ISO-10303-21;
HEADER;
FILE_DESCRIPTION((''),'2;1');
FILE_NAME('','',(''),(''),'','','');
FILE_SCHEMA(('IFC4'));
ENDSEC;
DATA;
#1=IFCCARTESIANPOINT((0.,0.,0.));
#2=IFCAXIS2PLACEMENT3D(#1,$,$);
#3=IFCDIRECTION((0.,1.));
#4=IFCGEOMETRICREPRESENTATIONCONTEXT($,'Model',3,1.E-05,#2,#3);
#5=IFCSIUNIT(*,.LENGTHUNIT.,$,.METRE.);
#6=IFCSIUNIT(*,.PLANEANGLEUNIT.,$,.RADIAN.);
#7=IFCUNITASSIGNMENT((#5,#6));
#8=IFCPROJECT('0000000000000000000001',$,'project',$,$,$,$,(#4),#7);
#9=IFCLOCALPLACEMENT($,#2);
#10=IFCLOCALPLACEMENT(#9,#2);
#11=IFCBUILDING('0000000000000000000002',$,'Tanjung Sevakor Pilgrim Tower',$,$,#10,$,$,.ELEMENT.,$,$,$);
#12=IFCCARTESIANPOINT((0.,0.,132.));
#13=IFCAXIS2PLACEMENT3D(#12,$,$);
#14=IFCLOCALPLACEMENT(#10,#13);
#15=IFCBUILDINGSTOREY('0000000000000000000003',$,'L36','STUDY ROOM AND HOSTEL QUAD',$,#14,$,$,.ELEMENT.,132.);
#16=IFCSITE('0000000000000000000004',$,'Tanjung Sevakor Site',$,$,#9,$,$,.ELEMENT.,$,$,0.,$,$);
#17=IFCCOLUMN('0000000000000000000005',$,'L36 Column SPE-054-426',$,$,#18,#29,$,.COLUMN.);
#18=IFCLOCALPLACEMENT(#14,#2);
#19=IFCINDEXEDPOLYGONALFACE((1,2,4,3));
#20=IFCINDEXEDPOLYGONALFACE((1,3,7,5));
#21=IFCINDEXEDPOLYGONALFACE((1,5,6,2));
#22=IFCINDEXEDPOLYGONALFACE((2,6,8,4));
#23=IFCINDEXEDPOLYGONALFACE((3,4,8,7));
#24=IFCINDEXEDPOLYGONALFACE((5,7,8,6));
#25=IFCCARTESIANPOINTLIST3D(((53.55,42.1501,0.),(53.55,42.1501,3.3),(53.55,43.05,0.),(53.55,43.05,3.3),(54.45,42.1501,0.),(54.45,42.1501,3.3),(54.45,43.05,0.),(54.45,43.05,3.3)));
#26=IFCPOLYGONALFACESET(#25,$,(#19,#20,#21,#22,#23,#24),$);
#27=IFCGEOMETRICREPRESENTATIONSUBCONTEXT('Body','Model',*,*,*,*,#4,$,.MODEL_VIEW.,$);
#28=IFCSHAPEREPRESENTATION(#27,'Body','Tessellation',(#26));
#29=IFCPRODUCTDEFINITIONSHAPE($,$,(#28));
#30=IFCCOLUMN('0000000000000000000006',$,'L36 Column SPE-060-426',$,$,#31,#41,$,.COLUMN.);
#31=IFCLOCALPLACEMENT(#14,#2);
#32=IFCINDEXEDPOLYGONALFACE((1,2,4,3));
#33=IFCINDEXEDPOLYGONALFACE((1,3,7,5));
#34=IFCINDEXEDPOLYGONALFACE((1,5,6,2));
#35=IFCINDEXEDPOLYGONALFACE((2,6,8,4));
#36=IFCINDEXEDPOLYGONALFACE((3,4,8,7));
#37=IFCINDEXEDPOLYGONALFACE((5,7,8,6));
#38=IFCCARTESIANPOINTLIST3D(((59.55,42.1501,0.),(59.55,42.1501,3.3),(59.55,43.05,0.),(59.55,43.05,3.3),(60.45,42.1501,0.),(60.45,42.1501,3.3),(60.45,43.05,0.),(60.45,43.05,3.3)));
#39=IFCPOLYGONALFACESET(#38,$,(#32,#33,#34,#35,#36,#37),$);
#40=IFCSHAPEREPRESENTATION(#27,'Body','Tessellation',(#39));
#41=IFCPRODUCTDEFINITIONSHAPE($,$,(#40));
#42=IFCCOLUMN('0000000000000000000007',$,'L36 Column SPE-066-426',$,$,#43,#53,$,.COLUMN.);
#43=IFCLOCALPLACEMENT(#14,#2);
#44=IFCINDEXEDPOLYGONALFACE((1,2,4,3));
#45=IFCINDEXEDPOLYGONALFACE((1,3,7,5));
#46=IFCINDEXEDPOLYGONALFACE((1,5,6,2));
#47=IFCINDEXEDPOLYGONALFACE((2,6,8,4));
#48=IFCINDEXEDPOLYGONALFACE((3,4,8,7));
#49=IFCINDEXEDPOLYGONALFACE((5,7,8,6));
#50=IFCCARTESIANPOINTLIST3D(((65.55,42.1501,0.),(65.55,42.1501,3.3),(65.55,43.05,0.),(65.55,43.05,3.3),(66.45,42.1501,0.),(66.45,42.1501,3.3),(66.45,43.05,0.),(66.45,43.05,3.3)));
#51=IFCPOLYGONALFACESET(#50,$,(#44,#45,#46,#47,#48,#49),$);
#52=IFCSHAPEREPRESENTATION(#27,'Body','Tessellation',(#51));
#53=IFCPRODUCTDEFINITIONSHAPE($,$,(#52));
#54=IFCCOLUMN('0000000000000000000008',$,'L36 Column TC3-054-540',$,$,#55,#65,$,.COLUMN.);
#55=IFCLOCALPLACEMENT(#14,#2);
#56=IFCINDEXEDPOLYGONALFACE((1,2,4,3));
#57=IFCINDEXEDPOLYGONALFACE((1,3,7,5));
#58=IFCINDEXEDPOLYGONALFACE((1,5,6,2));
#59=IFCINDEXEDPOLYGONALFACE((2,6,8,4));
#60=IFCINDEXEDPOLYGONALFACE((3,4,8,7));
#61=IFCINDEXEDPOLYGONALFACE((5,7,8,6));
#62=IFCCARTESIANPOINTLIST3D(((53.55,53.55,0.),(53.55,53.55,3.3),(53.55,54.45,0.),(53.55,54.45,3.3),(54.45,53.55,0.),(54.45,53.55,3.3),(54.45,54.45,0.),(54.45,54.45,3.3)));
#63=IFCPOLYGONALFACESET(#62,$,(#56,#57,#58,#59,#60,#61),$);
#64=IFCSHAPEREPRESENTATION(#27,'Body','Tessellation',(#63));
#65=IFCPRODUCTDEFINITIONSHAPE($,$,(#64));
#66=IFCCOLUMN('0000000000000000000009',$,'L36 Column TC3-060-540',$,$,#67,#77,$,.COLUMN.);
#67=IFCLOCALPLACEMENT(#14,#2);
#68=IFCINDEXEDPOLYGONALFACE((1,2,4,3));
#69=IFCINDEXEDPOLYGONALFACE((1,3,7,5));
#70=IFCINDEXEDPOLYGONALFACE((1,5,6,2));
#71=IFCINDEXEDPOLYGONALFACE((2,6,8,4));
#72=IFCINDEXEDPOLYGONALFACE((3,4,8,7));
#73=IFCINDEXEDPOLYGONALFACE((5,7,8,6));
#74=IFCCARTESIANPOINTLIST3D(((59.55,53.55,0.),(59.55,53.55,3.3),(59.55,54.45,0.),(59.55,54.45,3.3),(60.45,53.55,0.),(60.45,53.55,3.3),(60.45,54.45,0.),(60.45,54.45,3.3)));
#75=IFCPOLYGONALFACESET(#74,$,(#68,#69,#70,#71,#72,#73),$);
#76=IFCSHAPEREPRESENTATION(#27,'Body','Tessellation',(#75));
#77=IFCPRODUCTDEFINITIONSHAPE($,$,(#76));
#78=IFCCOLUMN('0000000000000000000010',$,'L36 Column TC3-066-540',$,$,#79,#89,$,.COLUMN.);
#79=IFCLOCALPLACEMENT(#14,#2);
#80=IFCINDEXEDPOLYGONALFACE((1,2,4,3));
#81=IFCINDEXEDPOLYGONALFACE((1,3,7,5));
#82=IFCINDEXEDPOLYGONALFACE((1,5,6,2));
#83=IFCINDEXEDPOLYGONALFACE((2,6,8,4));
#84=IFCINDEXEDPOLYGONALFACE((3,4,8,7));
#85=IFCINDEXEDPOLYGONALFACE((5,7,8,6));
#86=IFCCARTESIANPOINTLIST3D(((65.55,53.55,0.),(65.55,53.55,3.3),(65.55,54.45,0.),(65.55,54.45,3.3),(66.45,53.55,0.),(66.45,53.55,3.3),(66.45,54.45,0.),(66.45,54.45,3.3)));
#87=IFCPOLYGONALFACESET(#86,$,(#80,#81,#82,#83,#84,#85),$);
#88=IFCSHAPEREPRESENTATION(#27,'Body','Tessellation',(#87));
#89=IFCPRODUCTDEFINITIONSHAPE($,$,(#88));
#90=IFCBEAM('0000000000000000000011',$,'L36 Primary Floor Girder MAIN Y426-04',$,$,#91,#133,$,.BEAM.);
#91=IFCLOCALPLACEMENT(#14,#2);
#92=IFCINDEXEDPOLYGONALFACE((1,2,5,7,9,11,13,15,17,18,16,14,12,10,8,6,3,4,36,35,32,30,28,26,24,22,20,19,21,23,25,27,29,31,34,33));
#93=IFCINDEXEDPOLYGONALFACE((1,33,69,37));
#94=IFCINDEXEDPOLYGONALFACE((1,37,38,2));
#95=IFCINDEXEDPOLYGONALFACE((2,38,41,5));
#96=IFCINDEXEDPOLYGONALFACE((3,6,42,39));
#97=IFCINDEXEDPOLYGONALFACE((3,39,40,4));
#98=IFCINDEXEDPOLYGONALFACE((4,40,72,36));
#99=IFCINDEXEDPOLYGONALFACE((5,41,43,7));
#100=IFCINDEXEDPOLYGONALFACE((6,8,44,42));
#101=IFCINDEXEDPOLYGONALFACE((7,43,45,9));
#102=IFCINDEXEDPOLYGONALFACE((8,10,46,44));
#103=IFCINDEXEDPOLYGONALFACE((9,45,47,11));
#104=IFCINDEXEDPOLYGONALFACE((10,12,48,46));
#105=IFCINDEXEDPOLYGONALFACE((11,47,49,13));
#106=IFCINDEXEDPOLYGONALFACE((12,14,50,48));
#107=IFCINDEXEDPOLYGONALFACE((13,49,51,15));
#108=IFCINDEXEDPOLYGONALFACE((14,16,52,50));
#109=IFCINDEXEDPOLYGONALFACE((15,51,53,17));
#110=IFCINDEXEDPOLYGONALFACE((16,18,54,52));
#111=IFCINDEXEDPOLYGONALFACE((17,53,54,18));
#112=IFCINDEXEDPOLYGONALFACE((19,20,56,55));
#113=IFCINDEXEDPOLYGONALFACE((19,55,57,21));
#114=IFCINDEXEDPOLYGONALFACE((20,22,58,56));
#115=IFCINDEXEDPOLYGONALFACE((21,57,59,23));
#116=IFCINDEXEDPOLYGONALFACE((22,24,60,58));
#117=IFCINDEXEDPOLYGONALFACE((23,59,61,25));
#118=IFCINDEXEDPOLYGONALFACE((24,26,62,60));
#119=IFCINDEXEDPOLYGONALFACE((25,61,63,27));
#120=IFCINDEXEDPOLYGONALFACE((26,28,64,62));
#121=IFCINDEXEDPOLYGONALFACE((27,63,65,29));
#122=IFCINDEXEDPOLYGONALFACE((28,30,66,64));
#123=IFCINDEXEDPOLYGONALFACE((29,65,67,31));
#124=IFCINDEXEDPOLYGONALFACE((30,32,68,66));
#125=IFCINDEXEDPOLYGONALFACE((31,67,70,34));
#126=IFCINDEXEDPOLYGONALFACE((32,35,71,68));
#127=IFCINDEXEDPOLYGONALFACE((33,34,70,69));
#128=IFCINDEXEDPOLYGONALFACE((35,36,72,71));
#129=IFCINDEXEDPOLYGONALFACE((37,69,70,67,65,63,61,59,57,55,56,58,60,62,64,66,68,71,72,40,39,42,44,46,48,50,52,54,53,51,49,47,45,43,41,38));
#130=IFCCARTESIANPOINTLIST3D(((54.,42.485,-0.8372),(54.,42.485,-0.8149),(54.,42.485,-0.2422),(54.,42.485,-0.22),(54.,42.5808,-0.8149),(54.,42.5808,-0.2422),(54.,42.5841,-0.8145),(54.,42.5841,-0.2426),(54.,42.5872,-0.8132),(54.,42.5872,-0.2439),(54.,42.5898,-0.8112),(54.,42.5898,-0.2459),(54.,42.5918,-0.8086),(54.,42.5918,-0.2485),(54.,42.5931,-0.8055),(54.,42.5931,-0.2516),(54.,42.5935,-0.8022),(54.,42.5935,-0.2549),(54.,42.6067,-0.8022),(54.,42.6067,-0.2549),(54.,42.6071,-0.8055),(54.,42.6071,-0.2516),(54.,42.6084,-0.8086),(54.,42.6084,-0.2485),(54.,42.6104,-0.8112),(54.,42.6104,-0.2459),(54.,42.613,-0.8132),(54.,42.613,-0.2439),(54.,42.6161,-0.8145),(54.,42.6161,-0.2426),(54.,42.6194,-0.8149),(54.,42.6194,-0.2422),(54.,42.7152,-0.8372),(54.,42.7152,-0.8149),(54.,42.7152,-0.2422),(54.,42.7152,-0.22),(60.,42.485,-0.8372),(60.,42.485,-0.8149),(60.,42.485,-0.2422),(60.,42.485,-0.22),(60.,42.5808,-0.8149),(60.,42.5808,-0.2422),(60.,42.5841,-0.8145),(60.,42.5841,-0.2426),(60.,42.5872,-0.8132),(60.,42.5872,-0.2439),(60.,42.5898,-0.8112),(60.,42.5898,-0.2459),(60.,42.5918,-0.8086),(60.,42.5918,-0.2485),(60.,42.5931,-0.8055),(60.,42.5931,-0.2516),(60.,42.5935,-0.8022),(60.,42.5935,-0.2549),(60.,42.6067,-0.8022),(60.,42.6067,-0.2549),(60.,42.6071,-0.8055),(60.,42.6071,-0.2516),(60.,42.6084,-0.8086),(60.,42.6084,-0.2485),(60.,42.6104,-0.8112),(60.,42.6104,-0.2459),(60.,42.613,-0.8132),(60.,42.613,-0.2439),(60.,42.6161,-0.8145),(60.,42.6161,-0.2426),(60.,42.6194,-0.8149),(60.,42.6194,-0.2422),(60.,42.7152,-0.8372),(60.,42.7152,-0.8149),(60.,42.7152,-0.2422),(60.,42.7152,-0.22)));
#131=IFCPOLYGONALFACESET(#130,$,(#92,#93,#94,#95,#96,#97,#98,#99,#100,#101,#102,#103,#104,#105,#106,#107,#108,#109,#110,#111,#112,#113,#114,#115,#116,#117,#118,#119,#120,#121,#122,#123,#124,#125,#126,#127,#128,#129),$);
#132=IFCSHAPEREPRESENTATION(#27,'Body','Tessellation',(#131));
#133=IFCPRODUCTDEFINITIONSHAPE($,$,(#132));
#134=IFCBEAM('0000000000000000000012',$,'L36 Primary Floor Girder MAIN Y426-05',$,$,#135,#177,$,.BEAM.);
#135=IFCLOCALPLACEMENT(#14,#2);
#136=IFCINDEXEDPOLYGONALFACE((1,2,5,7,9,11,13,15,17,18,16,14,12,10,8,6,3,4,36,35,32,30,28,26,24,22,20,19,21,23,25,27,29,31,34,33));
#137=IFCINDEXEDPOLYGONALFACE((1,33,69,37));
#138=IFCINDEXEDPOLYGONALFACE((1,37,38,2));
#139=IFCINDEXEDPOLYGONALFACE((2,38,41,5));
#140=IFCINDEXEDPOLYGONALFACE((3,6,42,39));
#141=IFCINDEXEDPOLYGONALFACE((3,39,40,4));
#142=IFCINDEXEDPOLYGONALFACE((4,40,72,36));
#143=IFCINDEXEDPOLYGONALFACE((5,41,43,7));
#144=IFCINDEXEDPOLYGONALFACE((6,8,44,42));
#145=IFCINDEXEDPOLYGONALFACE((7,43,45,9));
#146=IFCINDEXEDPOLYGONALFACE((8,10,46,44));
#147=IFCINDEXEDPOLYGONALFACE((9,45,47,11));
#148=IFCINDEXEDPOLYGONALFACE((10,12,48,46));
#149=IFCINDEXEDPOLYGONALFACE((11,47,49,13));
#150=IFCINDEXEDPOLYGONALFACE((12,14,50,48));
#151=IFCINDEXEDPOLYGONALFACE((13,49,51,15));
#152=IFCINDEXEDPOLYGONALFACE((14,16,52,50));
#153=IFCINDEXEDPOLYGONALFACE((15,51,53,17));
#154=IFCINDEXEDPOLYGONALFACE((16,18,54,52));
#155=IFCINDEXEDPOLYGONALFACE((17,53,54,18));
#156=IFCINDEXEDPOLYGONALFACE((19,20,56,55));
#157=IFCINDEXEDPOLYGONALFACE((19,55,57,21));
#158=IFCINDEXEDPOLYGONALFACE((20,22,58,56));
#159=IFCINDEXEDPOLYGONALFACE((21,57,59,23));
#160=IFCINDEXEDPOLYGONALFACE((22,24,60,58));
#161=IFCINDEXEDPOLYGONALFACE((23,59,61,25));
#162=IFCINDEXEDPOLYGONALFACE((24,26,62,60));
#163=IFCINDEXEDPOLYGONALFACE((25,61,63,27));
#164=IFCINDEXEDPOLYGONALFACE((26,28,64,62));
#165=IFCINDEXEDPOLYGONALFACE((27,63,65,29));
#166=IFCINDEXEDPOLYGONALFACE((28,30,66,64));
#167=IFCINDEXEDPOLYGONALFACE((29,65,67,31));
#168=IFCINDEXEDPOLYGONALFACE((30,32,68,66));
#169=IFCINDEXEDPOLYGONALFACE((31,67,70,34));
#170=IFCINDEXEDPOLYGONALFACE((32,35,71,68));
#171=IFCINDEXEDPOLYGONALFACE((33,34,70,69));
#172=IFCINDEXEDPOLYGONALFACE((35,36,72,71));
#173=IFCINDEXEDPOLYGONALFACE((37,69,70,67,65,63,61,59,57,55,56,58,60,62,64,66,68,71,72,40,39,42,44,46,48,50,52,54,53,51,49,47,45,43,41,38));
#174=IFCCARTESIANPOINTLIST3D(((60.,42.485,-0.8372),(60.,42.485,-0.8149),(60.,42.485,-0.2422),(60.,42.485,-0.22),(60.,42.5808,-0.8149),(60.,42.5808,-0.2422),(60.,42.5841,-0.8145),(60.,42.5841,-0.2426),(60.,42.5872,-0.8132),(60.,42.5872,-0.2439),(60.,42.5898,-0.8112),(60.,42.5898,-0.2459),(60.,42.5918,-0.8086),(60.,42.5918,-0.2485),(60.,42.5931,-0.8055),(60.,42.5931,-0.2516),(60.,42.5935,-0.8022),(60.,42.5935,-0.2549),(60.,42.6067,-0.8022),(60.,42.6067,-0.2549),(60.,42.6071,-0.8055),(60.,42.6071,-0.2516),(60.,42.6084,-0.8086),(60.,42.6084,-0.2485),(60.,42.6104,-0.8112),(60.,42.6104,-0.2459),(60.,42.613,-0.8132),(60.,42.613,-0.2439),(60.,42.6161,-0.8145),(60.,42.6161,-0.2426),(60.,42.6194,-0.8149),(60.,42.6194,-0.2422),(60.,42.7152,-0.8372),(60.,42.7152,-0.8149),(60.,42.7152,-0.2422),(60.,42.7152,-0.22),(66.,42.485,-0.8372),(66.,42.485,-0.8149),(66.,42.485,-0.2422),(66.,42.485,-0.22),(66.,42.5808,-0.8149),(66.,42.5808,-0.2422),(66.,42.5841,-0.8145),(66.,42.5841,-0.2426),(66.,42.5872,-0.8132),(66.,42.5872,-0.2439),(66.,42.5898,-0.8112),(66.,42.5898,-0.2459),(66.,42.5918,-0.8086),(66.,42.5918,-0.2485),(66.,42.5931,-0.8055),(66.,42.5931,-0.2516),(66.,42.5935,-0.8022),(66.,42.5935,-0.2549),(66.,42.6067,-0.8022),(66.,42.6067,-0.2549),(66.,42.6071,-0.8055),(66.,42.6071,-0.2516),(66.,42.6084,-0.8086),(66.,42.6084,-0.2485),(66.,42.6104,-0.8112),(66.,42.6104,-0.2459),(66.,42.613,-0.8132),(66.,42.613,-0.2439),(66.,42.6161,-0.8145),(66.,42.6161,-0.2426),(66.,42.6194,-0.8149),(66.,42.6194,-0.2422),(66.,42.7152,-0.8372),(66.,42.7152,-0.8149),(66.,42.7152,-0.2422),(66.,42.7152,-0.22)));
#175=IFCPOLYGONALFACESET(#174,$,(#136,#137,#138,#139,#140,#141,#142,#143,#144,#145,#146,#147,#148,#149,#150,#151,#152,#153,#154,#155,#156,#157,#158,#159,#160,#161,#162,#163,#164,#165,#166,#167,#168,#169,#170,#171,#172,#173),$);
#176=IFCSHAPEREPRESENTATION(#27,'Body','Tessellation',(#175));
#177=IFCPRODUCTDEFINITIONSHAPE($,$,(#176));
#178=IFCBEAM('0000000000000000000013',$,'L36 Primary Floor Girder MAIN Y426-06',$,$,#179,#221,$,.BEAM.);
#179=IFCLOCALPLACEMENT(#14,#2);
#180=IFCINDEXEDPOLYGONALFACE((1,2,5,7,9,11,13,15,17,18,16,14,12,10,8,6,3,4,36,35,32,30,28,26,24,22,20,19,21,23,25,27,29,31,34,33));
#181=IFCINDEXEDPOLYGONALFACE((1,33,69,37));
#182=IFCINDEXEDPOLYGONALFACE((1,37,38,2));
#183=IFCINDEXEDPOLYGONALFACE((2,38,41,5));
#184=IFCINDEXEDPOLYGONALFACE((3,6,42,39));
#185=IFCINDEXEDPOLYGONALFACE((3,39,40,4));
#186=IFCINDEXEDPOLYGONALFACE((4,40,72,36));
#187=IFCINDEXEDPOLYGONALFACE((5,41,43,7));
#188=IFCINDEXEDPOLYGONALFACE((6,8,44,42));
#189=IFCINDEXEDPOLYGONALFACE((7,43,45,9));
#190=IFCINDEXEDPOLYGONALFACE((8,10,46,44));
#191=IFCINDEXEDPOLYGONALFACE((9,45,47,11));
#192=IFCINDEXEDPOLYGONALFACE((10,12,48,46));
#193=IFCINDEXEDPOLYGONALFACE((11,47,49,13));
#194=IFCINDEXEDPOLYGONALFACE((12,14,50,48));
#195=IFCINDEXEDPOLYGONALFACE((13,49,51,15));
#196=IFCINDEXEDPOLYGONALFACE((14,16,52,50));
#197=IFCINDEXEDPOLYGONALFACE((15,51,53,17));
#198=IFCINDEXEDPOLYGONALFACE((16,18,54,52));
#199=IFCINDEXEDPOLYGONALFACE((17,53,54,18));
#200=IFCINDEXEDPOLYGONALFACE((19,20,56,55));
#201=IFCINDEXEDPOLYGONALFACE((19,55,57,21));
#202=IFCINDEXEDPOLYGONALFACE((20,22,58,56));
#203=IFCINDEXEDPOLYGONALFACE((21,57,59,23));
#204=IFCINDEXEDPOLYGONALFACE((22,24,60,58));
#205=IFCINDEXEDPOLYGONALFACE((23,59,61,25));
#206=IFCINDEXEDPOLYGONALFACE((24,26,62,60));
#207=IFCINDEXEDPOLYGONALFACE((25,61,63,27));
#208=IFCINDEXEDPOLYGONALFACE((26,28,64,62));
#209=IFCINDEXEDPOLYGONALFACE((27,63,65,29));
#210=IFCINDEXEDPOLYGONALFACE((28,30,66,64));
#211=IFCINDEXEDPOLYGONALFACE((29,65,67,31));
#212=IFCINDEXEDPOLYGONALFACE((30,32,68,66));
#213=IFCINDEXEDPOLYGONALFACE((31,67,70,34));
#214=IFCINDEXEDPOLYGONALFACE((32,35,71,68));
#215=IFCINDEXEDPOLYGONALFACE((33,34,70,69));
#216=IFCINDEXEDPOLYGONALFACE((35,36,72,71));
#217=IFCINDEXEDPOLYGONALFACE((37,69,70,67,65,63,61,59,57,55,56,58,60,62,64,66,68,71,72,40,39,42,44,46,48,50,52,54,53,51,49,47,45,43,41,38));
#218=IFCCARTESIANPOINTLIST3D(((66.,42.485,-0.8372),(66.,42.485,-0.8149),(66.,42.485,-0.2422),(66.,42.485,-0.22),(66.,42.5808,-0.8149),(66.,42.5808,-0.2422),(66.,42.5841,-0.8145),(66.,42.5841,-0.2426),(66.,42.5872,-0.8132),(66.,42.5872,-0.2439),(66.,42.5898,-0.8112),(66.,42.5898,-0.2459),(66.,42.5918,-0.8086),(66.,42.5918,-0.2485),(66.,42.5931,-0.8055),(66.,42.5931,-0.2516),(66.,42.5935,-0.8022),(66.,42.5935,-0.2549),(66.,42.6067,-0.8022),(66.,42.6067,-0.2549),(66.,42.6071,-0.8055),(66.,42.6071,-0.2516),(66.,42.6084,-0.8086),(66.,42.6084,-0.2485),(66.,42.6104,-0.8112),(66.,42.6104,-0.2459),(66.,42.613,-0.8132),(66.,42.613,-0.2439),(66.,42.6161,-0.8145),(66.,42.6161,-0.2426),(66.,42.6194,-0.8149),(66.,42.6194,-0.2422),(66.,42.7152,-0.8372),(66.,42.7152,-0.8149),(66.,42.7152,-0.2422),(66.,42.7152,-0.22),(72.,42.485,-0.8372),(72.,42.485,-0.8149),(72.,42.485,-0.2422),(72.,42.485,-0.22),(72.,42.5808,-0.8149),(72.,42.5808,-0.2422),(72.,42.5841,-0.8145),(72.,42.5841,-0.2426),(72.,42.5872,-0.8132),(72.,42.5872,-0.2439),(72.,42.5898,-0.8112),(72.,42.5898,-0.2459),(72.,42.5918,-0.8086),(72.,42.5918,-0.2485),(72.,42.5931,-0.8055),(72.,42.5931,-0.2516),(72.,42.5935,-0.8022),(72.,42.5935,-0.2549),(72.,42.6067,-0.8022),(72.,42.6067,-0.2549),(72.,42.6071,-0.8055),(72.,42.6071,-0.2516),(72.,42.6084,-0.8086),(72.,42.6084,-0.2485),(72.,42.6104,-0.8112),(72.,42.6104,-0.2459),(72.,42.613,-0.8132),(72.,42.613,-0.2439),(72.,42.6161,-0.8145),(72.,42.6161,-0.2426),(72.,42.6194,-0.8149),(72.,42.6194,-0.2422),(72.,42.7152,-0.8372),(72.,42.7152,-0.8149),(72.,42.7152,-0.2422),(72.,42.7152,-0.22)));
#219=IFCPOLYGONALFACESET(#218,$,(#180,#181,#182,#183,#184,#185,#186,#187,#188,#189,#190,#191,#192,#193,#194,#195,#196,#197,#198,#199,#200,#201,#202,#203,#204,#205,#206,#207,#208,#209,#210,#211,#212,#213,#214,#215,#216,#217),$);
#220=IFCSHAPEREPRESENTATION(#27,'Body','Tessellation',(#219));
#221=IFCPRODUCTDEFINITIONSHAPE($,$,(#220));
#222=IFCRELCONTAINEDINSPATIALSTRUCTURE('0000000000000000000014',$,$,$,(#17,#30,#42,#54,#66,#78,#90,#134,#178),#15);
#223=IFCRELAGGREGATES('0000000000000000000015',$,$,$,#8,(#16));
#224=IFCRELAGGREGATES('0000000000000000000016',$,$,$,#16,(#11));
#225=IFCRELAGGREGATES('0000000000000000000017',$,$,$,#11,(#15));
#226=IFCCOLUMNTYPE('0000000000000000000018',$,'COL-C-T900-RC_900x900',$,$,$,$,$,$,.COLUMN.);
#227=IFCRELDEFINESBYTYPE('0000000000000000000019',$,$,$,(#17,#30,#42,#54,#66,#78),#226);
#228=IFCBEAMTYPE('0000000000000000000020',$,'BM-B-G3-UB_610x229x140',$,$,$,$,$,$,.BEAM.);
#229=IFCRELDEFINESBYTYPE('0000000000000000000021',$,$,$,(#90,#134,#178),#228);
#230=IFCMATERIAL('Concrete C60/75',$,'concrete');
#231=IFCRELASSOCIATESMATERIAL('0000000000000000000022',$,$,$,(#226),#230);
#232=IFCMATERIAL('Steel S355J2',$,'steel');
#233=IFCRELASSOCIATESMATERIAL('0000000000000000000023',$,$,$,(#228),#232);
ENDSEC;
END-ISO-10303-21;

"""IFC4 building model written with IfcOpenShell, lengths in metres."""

from ifc_helpers import new_model, si_unit, direction, frame, origin, origin_2d, place, context, subcontext, project, spatial, rectangle, i_section, extrude, material, material_profile, profile_set, type_object, element, save


model = new_model("IFC4")

# Units and contexts
model_context = context("Model", 3, precision=1e-05, world=origin(), true_north=direction((0.0, 1.0)))
body_context = subcontext(model_context, "Body", "Model", "MODEL_VIEW")
ifc_project = project(units=[si_unit("LENGTHUNIT", "METRE"), si_unit("PLANEANGLEUNIT", "RADIAN")], contexts=[model_context])

# Site, building, storey
site_placement = place(None, origin())
site = spatial("IfcSite", under=ifc_project, at=site_placement, Name="Tanjung Sevakor Site", CompositionType="ELEMENT", RefElevation=0.0)
building_placement = place(site_placement, origin())
building = spatial("IfcBuilding", under=site, at=building_placement, Name="Tanjung Sevakor Pilgrim Tower", CompositionType="ELEMENT")
storey_placement = place(building_placement, frame((0.0, 0.0, 132.0)))
storey = spatial("IfcBuildingStorey", under=building, at=storey_placement, Name="L36", Description="STUDY ROOM AND HOSTEL QUAD", CompositionType="ELEMENT", Elevation=132.0)

# Columns
ifc_material_1 = material(Name="Concrete C60/75", Category="concrete")
ifc_material_profile_1 = material_profile(ifc_material_1, rectangle(XDim=0.8999, YDim=0.8999, at=origin_2d()))
ifc_profile_set_1 = profile_set([ifc_material_profile_1], Name="Concrete C60/75")
column_type = type_object("IfcColumnType", Name="COL-C-T900-RC_900x900", PredefinedType="COLUMN", material=ifc_profile_set_1)
for number, where, z_axis, x_axis, name in (
    (1, (54.0, 42.6001, 0.0), (0.0, 0.0, 1.0), (1.0, 0.0, 0.0), "L36 Column SPE-054-426"),
    (2, (60.0, 42.6001, 0.0), (0.0, 0.0, 1.0), (1.0, 0.0, 0.0), "L36 Column SPE-060-426"),
    (3, (66.0, 42.6001, 0.0), (0.0, 0.0, 1.0), (1.0, 0.0, 0.0), "L36 Column SPE-066-426"),
    (4, (54.0, 54.0, 0.0), (0.0, 0.0, 1.0), (1.0, 0.0, 0.0), "L36 Column TC3-054-540"),
    (5, (60.0, 54.0, 0.0), (0.0, 0.0, 1.0), (1.0, 0.0, 0.0), "L36 Column TC3-060-540"),
    (6, (66.0, 54.0, 0.0), (0.0, 0.0, 1.0), (1.0, 0.0, 0.0), "L36 Column TC3-066-540"),
):
    element("IfcColumn", number, at=place(storey_placement, frame(where, z_axis=z_axis, x_axis=x_axis)), inside=storey, type_object=column_type, Name=name, PredefinedType="COLUMN", context=body_context, shape_type="SweptSolid", body=[
        extrude(rectangle(XDim=0.8999, YDim=0.8999, at=origin_2d()), origin(), (0.0, 0.0, 1.0), 3.3),
    ])

# Beams
ifc_material_2 = material(Name="Steel S355J2", Category="steel")
ifc_material_profile_2 = material_profile(ifc_material_2, i_section(OverallWidth=0.2302, OverallDepth=0.6172, WebThickness=0.0132, FlangeThickness=0.0222, FilletRadius=0.0127, at=origin_2d()))
ifc_profile_set_2 = profile_set([ifc_material_profile_2], Name="Steel S355J2")
beam_type_1 = type_object("IfcBeamType", Name="BM-B-G3-UB_610x229x140", PredefinedType="BEAM", material=ifc_profile_set_2)
for number, where, z_axis, x_axis, name in (
    (7, (54.0, 42.6001, -0.5286), (1.0, 0.0, 0.0), (0.0, 1.0, 0.0), "L36 Primary Floor Girder MAIN Y426-04"),
    (8, (60.0, 42.6001, -0.5286), (1.0, 0.0, 0.0), (0.0, 1.0, 0.0), "L36 Primary Floor Girder MAIN Y426-05"),
    (9, (66.0, 42.6001, -0.5286), (1.0, 0.0, 0.0), (0.0, 1.0, 0.0), "L36 Primary Floor Girder MAIN Y426-06"),
):
    element("IfcBeam", number, at=place(storey_placement, frame(where, z_axis=z_axis, x_axis=x_axis)), inside=storey, type_object=beam_type_1, Name=name, PredefinedType="BEAM", context=body_context, shape_type="SweptSolid", body=[
        extrude(i_section(OverallWidth=0.2302, OverallDepth=0.6172, WebThickness=0.0132, FlangeThickness=0.0222, FilletRadius=0.0127, at=origin_2d()), origin(), (0.0, 0.0, 1.0), 6.0),
    ])

save(model, "model.ifc")
